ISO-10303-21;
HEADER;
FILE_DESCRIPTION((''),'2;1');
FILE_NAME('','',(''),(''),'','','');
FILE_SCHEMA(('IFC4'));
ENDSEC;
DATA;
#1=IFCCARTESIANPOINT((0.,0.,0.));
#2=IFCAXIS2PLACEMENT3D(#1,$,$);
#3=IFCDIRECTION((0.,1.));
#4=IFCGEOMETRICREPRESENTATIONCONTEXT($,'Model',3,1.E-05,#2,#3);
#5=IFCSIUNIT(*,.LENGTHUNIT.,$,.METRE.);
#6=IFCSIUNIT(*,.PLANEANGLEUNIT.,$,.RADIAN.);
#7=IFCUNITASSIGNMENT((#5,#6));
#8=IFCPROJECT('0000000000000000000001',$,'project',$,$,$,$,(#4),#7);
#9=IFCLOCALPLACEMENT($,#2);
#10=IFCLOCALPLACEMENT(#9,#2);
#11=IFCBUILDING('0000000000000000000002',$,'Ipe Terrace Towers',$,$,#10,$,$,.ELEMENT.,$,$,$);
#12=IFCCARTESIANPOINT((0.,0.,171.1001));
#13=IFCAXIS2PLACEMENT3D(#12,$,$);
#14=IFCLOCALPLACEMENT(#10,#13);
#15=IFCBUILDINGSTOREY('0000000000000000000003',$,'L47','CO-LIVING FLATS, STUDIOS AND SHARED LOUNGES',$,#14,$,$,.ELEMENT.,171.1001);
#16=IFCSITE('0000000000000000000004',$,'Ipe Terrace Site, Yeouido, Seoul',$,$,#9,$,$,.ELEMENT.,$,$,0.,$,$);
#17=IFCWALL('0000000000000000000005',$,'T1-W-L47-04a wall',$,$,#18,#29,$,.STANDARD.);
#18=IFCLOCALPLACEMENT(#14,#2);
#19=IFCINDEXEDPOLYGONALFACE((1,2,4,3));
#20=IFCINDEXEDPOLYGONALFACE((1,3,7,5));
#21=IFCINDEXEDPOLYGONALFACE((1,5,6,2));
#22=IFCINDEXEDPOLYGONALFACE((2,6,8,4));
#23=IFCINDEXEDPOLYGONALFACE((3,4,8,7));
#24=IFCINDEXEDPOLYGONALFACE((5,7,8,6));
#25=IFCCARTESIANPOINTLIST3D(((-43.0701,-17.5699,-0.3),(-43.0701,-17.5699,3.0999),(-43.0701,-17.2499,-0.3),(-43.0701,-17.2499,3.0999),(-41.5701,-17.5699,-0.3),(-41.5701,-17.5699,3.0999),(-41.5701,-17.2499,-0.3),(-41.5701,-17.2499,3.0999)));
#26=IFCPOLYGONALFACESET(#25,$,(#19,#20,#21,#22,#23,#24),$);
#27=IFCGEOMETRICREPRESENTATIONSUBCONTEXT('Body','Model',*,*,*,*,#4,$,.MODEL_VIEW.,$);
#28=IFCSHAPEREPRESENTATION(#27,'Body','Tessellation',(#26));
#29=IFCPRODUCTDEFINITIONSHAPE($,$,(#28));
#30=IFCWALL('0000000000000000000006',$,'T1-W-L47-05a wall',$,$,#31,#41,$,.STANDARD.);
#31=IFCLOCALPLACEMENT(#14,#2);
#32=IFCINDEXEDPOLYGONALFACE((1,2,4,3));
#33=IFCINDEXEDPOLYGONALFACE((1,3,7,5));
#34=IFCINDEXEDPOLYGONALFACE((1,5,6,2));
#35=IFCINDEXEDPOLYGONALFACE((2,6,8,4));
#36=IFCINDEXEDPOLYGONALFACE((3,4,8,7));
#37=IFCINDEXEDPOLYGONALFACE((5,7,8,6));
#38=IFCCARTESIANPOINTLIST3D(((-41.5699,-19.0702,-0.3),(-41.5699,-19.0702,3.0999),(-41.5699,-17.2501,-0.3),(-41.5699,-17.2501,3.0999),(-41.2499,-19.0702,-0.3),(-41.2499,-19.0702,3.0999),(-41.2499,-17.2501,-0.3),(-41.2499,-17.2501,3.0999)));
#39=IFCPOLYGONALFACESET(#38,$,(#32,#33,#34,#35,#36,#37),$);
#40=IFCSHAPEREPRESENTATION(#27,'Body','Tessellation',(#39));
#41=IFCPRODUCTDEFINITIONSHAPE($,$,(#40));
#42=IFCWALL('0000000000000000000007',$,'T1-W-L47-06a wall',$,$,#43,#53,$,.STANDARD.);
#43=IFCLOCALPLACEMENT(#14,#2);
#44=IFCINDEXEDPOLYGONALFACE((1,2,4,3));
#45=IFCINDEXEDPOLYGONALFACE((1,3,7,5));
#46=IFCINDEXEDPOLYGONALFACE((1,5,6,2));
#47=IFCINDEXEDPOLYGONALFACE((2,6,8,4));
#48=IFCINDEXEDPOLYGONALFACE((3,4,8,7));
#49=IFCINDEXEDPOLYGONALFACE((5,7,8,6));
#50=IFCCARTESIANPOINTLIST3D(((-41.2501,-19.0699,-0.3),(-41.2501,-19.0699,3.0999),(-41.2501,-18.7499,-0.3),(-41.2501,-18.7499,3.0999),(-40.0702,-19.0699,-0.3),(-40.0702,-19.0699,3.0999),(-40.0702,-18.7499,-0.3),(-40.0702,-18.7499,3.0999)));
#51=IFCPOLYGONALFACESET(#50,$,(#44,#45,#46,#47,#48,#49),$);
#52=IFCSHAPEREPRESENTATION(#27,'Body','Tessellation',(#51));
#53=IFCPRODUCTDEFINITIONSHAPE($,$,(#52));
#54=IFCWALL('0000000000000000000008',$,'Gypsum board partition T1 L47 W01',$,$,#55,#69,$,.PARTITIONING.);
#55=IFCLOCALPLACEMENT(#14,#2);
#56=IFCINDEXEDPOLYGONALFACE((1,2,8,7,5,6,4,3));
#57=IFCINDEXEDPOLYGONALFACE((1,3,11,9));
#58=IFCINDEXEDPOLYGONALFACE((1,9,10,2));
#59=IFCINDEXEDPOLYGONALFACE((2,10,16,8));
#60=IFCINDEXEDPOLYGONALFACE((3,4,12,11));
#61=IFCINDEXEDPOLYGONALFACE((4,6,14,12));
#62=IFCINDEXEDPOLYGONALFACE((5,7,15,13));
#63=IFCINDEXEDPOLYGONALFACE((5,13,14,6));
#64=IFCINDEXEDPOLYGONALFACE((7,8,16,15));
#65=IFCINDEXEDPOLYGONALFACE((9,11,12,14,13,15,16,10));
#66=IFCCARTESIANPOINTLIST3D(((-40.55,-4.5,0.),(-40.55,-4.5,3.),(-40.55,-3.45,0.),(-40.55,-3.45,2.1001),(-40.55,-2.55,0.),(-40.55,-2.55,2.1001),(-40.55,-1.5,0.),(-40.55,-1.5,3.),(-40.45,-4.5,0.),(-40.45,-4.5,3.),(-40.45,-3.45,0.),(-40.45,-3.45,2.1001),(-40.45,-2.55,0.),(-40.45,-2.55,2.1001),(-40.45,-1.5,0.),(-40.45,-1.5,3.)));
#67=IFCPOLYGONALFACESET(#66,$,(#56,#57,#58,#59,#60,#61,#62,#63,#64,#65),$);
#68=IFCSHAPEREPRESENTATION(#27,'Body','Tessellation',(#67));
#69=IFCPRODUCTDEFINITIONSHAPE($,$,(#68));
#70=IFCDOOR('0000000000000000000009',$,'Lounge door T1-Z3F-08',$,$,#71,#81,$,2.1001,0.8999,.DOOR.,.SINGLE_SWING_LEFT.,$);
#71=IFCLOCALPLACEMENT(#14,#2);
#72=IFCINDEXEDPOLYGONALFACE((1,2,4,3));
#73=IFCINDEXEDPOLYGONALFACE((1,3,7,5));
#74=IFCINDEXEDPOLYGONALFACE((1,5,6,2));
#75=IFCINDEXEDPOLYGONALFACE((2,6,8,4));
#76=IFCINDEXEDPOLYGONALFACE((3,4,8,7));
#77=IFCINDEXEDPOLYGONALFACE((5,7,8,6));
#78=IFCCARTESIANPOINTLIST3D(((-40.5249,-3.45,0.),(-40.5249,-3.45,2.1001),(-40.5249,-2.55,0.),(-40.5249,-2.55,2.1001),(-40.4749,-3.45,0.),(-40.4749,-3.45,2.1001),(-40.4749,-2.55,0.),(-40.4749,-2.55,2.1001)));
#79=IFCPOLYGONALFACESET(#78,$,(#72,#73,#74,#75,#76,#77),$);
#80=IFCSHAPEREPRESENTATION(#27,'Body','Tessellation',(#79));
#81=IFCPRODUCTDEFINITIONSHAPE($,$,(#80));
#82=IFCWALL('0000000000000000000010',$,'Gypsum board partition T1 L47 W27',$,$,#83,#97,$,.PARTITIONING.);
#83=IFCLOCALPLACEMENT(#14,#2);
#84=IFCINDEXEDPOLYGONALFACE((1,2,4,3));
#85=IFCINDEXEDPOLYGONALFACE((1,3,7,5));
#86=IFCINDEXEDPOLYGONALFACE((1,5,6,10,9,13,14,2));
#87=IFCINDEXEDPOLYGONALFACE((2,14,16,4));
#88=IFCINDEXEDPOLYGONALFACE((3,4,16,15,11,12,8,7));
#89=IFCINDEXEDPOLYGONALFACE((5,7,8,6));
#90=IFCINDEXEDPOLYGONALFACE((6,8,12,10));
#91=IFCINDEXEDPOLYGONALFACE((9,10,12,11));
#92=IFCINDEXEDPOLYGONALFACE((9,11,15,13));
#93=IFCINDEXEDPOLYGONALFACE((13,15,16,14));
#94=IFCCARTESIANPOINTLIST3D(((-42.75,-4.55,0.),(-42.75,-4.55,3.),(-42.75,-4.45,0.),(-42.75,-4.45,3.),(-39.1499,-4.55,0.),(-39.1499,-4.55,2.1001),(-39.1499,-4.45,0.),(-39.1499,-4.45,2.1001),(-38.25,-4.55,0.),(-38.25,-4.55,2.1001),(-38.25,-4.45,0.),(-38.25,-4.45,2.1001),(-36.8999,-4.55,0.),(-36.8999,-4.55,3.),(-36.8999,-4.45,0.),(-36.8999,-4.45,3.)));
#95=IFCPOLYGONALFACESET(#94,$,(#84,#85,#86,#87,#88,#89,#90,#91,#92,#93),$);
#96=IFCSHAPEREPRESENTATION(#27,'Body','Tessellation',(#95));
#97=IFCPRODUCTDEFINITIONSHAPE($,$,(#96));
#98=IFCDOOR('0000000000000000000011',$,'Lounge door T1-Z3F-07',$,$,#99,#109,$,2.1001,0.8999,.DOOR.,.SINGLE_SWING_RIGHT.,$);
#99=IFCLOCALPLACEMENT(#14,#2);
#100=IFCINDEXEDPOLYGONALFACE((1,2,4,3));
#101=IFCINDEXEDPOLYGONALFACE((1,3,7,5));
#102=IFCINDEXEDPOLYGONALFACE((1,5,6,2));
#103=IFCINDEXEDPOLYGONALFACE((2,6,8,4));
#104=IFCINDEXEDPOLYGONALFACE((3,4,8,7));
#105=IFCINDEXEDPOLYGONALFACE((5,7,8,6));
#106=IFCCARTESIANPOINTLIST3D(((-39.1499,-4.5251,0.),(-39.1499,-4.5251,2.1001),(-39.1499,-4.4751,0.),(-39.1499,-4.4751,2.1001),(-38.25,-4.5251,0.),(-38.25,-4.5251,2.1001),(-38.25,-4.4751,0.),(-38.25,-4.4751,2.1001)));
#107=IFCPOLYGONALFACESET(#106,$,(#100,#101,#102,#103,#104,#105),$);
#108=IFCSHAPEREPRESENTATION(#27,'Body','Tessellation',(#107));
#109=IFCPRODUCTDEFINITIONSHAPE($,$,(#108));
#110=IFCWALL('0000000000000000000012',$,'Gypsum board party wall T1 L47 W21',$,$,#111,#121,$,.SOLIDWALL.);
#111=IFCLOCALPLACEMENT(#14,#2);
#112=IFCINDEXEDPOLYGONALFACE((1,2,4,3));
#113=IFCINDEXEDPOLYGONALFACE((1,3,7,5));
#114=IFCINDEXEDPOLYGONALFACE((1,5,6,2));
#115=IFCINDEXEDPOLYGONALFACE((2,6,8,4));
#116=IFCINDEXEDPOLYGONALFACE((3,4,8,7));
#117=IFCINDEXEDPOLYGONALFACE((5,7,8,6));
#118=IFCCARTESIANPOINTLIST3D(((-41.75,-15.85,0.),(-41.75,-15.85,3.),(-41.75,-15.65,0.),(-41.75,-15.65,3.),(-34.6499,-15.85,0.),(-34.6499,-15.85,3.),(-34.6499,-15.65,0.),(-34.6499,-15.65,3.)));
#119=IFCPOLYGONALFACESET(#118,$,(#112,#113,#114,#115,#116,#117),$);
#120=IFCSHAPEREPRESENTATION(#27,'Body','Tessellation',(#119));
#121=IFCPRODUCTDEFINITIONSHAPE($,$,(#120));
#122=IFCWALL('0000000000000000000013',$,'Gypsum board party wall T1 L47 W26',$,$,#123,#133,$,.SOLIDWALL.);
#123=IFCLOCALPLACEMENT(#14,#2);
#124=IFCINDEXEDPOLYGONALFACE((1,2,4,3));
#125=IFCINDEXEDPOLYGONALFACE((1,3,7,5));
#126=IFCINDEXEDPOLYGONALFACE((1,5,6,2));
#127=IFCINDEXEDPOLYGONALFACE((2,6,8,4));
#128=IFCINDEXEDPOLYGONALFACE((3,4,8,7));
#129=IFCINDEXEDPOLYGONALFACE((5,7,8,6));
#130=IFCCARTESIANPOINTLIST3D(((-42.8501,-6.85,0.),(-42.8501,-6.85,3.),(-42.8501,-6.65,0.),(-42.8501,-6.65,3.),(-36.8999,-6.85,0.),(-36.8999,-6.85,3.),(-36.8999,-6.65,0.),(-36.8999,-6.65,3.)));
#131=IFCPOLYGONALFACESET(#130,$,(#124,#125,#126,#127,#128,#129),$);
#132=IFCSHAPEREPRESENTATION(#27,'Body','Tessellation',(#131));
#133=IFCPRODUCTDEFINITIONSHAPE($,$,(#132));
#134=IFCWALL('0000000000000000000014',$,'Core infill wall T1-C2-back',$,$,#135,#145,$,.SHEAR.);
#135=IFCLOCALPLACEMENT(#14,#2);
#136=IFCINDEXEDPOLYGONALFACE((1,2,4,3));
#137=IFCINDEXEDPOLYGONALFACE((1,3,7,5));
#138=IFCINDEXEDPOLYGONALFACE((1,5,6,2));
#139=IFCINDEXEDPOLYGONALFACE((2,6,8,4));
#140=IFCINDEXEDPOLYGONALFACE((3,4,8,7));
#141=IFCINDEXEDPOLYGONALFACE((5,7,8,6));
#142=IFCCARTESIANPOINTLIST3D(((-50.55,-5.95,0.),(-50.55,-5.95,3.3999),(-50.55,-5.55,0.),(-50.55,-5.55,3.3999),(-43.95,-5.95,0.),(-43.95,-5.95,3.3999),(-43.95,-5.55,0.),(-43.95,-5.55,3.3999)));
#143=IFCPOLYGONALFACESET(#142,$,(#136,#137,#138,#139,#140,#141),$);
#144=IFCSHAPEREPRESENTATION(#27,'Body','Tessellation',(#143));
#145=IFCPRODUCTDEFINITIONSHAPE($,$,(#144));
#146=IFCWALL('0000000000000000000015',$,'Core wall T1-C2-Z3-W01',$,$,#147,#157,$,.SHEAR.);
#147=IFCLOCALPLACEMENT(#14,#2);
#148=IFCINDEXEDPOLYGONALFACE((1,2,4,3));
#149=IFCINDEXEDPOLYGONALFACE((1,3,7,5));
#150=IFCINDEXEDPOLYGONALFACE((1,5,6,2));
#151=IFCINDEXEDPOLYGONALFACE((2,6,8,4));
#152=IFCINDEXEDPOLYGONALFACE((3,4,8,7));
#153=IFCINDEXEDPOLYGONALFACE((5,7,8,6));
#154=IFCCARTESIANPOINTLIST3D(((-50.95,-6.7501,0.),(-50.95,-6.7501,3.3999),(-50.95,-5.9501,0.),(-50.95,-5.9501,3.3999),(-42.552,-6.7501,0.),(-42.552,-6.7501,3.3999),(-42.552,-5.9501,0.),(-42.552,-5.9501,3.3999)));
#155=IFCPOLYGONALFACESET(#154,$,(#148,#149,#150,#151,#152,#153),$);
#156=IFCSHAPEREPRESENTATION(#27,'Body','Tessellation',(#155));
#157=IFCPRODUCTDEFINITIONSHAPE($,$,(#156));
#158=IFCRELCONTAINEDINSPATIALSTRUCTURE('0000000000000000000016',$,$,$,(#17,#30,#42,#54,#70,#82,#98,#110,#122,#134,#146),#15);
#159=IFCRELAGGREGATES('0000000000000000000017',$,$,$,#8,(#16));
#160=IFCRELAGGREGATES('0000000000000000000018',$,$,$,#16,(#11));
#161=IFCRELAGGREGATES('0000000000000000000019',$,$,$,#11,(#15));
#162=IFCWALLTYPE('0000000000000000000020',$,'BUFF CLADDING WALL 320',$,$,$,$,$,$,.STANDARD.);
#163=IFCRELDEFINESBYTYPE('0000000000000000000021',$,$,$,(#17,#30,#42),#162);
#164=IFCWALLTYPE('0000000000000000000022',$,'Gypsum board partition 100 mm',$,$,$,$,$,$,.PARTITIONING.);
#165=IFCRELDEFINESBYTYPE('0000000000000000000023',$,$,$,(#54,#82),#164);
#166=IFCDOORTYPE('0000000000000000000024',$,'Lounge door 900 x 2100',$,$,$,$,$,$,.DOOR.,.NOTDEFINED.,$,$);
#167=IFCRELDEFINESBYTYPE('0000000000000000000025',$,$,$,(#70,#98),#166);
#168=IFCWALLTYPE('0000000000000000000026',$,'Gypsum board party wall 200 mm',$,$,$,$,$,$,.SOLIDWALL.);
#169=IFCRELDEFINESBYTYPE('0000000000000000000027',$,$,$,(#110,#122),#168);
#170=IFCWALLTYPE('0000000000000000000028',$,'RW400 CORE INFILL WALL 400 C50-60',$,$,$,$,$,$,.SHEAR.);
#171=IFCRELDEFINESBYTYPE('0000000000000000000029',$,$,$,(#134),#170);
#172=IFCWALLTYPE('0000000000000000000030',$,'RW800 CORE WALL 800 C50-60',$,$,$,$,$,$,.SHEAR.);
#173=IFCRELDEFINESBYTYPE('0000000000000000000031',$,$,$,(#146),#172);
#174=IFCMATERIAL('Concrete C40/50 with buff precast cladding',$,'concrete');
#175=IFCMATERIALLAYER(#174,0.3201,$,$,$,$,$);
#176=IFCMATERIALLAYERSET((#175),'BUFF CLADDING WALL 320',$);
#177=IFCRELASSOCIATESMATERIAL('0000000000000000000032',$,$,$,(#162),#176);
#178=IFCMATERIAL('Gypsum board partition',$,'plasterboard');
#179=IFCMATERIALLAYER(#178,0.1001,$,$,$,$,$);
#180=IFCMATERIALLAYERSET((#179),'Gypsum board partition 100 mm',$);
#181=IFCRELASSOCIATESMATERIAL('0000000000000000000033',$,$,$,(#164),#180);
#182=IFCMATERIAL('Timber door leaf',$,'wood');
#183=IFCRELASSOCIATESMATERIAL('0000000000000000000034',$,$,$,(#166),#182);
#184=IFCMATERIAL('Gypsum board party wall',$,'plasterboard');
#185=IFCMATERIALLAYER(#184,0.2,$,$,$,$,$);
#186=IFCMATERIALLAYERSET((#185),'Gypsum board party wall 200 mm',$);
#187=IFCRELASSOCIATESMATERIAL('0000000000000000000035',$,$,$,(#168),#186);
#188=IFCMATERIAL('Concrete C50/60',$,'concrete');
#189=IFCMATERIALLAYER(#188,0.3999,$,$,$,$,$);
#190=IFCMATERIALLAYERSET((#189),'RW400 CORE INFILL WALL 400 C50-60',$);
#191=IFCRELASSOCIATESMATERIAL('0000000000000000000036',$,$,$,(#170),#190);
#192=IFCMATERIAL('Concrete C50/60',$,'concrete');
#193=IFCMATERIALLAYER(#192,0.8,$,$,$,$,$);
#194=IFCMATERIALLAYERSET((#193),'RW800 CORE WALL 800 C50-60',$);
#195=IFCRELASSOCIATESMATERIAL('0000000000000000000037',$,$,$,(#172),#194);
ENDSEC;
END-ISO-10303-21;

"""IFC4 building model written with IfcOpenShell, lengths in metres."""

from ifc_helpers import new_model, si_unit, direction, frame, frame_2d, origin, place, context, subcontext, project, spatial, rectangle, extrude, material, layer, layer_set, type_object, element, fill, save


model = new_model("IFC4")

# Units and contexts
model_context = context("Model", 3, precision=1e-05, world=origin(), true_north=direction((0.0, 1.0)))
body_context = subcontext(model_context, "Body", "Model", "MODEL_VIEW")
ifc_project = project(units=[si_unit("LENGTHUNIT", "METRE"), si_unit("PLANEANGLEUNIT", "RADIAN")], contexts=[model_context])

# Site, building, storey
site_placement = place(None, origin())
site = spatial("IfcSite", under=ifc_project, at=site_placement, Name="Ipe Terrace Site, Yeouido, Seoul", CompositionType="ELEMENT", RefElevation=0.0)
building_placement = place(site_placement, origin())
building = spatial("IfcBuilding", under=site, at=building_placement, Name="Ipe Terrace Towers", CompositionType="ELEMENT")
storey_placement = place(building_placement, frame((0.0, 0.0, 171.1001)))
storey = spatial("IfcBuildingStorey", under=building, at=storey_placement, Name="L47", Description="CO-LIVING FLATS, STUDIOS AND SHARED LOUNGES", CompositionType="ELEMENT", Elevation=171.1001)

# Walls
ifc_material_1 = material(Name="Concrete C40/50 with buff precast cladding", Category="concrete")
ifc_layer_1 = layer(ifc_material_1, 0.3201)
ifc_layer_set_1 = layer_set([ifc_layer_1], Name="BUFF CLADDING WALL 320")
wall_type_1 = type_object("IfcWallType", Name="BUFF CLADDING WALL 320", PredefinedType="STANDARD", material=ifc_layer_set_1)
wall_1_placement = place(storey_placement, frame((-43.0701, -17.4099, -0.3), z_axis=(0.0, 0.0, 1.0), x_axis=(1.0, 0.0, 0.0)))
element("IfcWall", 1, at=wall_1_placement, inside=storey, type_object=wall_type_1, Name="T1-W-L47-04a wall", PredefinedType="STANDARD", context=body_context, shape_type="SweptSolid", body=[
    extrude(rectangle(XDim=1.5, YDim=0.3201, at=frame_2d((0.75, 0.0))), origin(), (0.0, 0.0, 1.0), 3.3999),
])
wall_2_placement = place(storey_placement, frame((-41.4099, -17.25, -0.3), z_axis=(0.0, 0.0, 1.0), x_axis=(0.0, -1.0, 0.0)))
element("IfcWall", 2, at=wall_2_placement, inside=storey, type_object=wall_type_1, Name="T1-W-L47-05a wall", PredefinedType="STANDARD", context=body_context, shape_type="SweptSolid", body=[
    extrude(rectangle(XDim=1.8201, YDim=0.3201, at=frame_2d((0.9102, 0.0))), origin(), (0.0, 0.0, 1.0), 3.3999),
])
wall_3_placement = place(storey_placement, frame((-41.25, -18.9099, -0.3), z_axis=(0.0, 0.0, 1.0), x_axis=(1.0, 0.0, 0.0)))
element("IfcWall", 3, at=wall_3_placement, inside=storey, type_object=wall_type_1, Name="T1-W-L47-06a wall", PredefinedType="STANDARD", context=body_context, shape_type="SweptSolid", body=[
    extrude(rectangle(XDim=1.1799, YDim=0.3201, at=frame_2d((0.5898, 0.0))), origin(), (0.0, 0.0, 1.0), 3.3999),
])

# Walls, openings, doors
ifc_material_2 = material(Name="Gypsum board partition", Category="plasterboard")
ifc_layer_2 = layer(ifc_material_2, 0.1001)
ifc_layer_set_2 = layer_set([ifc_layer_2], Name="Gypsum board partition 100 mm")
wall_type_2 = type_object("IfcWallType", Name="Gypsum board partition 100 mm", PredefinedType="PARTITIONING", material=ifc_layer_set_2)
wall_4_placement = place(storey_placement, frame((-40.5, -4.5, 0.0), z_axis=(0.0, 0.0, 1.0), x_axis=(0.0, 1.0, 0.0)))
wall_4 = element("IfcWall", 4, at=wall_4_placement, inside=storey, type_object=wall_type_2, Name="Gypsum board partition T1 L47 W01", PredefinedType="PARTITIONING", context=body_context, shape_type="SweptSolid", body=[
    extrude(rectangle(XDim=3.0, YDim=0.1001, at=frame_2d((1.5, 0.0))), origin(), (0.0, 0.0, 1.0), 3.0),
])
opening_1_placement = place(wall_4_placement, frame((1.05, 0.0, 0.0)))
opening_1 = element("IfcOpeningElement", 5, at=opening_1_placement, cuts=wall_4, PredefinedType="OPENING", context=body_context, shape_type="SweptSolid", body=[
    extrude(rectangle(XDim=0.8999, YDim=2.1001, at=frame_2d((0.45, 1.05))), frame((0.0, 0.0601, 0.0), z_axis=(0.0, -1.0, 0.0), x_axis=(1.0, 0.0, 0.0)), (0.0, 0.0, 1.0), 0.1201),
])
ifc_material_3 = material(Name="Timber door leaf", Category="wood")
door_type_1 = type_object("IfcDoorType", Name="Lounge door 900 x 2100", OperationType="NOTDEFINED", PredefinedType="DOOR", material=ifc_material_3)
door_1_placement = place(opening_1_placement, origin())
door_1 = element("IfcDoor", 6, at=door_1_placement, inside=storey, type_object=door_type_1, Name="Lounge door T1-Z3F-08", OperationType="SINGLE_SWING_LEFT", OverallHeight=2.1001, OverallWidth=0.8999, PredefinedType="DOOR", context=body_context, shape_type="SweptSolid", body=[
    extrude(rectangle(XDim=0.8999, YDim=2.1001, at=frame_2d((0.45, 1.05))), frame((0.0, 0.0249, 0.0), z_axis=(0.0, -1.0, 0.0), x_axis=(1.0, 0.0, 0.0)), (0.0, 0.0, 1.0), 0.05),
])
fill(opening_1, door_1)
wall_5_placement = place(storey_placement, frame((-42.75, -4.5, 0.0), z_axis=(0.0, 0.0, 1.0), x_axis=(1.0, 0.0, 0.0)))
wall_5 = element("IfcWall", 7, at=wall_5_placement, inside=storey, type_object=wall_type_2, Name="Gypsum board partition T1 L47 W27", PredefinedType="PARTITIONING", context=body_context, shape_type="SweptSolid", body=[
    extrude(rectangle(XDim=5.8501, YDim=0.1001, at=frame_2d((2.925, 0.0))), origin(), (0.0, 0.0, 1.0), 3.0),
])
opening_2_placement = place(wall_5_placement, frame((3.6001, 0.0, 0.0)))
opening_2 = element("IfcOpeningElement", 8, at=opening_2_placement, cuts=wall_5, PredefinedType="OPENING", context=body_context, shape_type="SweptSolid", body=[
    extrude(rectangle(XDim=0.8999, YDim=2.1001, at=frame_2d((0.45, 1.05))), frame((0.0, 0.0601, 0.0), z_axis=(0.0, -1.0, 0.0), x_axis=(1.0, 0.0, 0.0)), (0.0, 0.0, 1.0), 0.1201),
])
door_2_placement = place(opening_2_placement, origin())
door_2 = element("IfcDoor", 9, at=door_2_placement, inside=storey, type_object=door_type_1, Name="Lounge door T1-Z3F-07", OperationType="SINGLE_SWING_RIGHT", OverallHeight=2.1001, OverallWidth=0.8999, PredefinedType="DOOR", context=body_context, shape_type="SweptSolid", body=[
    extrude(rectangle(XDim=0.8999, YDim=2.1001, at=frame_2d((0.45, 1.05))), frame((0.0, 0.0249, 0.0), z_axis=(0.0, -1.0, 0.0), x_axis=(1.0, 0.0, 0.0)), (0.0, 0.0, 1.0), 0.05),
])
fill(opening_2, door_2)

# Walls
ifc_material_4 = material(Name="Gypsum board party wall", Category="plasterboard")
ifc_layer_3 = layer(ifc_material_4, 0.2)
ifc_layer_set_3 = layer_set([ifc_layer_3], Name="Gypsum board party wall 200 mm")
wall_type_3 = type_object("IfcWallType", Name="Gypsum board party wall 200 mm", PredefinedType="SOLIDWALL", material=ifc_layer_set_3)
wall_6_placement = place(storey_placement, frame((-41.75, -15.75, 0.0), z_axis=(0.0, 0.0, 1.0), x_axis=(1.0, 0.0, 0.0)))
element("IfcWall", 10, at=wall_6_placement, inside=storey, type_object=wall_type_3, Name="Gypsum board party wall T1 L47 W21", PredefinedType="SOLIDWALL", context=body_context, shape_type="SweptSolid", body=[
    extrude(rectangle(XDim=7.1001, YDim=0.2, at=frame_2d((3.55, 0.0))), origin(), (0.0, 0.0, 1.0), 3.0),
])
wall_7_placement = place(storey_placement, frame((-42.8501, -6.75, 0.0), z_axis=(0.0, 0.0, 1.0), x_axis=(1.0, 0.0, 0.0)))
element("IfcWall", 11, at=wall_7_placement, inside=storey, type_object=wall_type_3, Name="Gypsum board party wall T1 L47 W26", PredefinedType="SOLIDWALL", context=body_context, shape_type="SweptSolid", body=[
    extrude(rectangle(XDim=5.9502, YDim=0.2, at=frame_2d((2.9751, 0.0))), origin(), (0.0, 0.0, 1.0), 3.0),
])
ifc_material_5 = material(Name="Concrete C50/60", Category="concrete")
ifc_layer_4 = layer(ifc_material_5, 0.3999)
ifc_layer_set_4 = layer_set([ifc_layer_4], Name="RW400 CORE INFILL WALL 400 C50-60")
wall_type_4 = type_object("IfcWallType", Name="RW400 CORE INFILL WALL 400 C50-60", PredefinedType="SHEAR", material=ifc_layer_set_4)
wall_8_placement = place(storey_placement, frame((-43.95, -5.75, 0.0), z_axis=(0.0, 0.0, 1.0), x_axis=(-1.0, 0.0, 0.0)))
element("IfcWall", 12, at=wall_8_placement, inside=storey, type_object=wall_type_4, Name="Core infill wall T1-C2-back", PredefinedType="SHEAR", context=body_context, shape_type="SweptSolid", body=[
    extrude(rectangle(XDim=6.6001, YDim=0.3999, at=frame_2d((3.3, 0.0))), origin(), (0.0, 0.0, 1.0), 3.3999),
])
ifc_material_6 = material(Name="Concrete C50/60", Category="concrete")
ifc_layer_5 = layer(ifc_material_6, 0.8)
ifc_layer_set_5 = layer_set([ifc_layer_5], Name="RW800 CORE WALL 800 C50-60")
wall_type_5 = type_object("IfcWallType", Name="RW800 CORE WALL 800 C50-60", PredefinedType="SHEAR", material=ifc_layer_set_5)
wall_9_placement = place(storey_placement, frame((-50.95, -6.3501, 0.0), z_axis=(0.0, 0.0, 1.0), x_axis=(1.0, 0.0, 0.0)))
element("IfcWall", 13, at=wall_9_placement, inside=storey, type_object=wall_type_5, Name="Core wall T1-C2-Z3-W01", PredefinedType="SHEAR", context=body_context, shape_type="SweptSolid", body=[
    extrude(rectangle(XDim=8.3979, YDim=0.8, at=frame_2d((4.199, 0.0))), origin(), (0.0, 0.0, 1.0), 3.3999),
])

save(model, "model.ifc")
